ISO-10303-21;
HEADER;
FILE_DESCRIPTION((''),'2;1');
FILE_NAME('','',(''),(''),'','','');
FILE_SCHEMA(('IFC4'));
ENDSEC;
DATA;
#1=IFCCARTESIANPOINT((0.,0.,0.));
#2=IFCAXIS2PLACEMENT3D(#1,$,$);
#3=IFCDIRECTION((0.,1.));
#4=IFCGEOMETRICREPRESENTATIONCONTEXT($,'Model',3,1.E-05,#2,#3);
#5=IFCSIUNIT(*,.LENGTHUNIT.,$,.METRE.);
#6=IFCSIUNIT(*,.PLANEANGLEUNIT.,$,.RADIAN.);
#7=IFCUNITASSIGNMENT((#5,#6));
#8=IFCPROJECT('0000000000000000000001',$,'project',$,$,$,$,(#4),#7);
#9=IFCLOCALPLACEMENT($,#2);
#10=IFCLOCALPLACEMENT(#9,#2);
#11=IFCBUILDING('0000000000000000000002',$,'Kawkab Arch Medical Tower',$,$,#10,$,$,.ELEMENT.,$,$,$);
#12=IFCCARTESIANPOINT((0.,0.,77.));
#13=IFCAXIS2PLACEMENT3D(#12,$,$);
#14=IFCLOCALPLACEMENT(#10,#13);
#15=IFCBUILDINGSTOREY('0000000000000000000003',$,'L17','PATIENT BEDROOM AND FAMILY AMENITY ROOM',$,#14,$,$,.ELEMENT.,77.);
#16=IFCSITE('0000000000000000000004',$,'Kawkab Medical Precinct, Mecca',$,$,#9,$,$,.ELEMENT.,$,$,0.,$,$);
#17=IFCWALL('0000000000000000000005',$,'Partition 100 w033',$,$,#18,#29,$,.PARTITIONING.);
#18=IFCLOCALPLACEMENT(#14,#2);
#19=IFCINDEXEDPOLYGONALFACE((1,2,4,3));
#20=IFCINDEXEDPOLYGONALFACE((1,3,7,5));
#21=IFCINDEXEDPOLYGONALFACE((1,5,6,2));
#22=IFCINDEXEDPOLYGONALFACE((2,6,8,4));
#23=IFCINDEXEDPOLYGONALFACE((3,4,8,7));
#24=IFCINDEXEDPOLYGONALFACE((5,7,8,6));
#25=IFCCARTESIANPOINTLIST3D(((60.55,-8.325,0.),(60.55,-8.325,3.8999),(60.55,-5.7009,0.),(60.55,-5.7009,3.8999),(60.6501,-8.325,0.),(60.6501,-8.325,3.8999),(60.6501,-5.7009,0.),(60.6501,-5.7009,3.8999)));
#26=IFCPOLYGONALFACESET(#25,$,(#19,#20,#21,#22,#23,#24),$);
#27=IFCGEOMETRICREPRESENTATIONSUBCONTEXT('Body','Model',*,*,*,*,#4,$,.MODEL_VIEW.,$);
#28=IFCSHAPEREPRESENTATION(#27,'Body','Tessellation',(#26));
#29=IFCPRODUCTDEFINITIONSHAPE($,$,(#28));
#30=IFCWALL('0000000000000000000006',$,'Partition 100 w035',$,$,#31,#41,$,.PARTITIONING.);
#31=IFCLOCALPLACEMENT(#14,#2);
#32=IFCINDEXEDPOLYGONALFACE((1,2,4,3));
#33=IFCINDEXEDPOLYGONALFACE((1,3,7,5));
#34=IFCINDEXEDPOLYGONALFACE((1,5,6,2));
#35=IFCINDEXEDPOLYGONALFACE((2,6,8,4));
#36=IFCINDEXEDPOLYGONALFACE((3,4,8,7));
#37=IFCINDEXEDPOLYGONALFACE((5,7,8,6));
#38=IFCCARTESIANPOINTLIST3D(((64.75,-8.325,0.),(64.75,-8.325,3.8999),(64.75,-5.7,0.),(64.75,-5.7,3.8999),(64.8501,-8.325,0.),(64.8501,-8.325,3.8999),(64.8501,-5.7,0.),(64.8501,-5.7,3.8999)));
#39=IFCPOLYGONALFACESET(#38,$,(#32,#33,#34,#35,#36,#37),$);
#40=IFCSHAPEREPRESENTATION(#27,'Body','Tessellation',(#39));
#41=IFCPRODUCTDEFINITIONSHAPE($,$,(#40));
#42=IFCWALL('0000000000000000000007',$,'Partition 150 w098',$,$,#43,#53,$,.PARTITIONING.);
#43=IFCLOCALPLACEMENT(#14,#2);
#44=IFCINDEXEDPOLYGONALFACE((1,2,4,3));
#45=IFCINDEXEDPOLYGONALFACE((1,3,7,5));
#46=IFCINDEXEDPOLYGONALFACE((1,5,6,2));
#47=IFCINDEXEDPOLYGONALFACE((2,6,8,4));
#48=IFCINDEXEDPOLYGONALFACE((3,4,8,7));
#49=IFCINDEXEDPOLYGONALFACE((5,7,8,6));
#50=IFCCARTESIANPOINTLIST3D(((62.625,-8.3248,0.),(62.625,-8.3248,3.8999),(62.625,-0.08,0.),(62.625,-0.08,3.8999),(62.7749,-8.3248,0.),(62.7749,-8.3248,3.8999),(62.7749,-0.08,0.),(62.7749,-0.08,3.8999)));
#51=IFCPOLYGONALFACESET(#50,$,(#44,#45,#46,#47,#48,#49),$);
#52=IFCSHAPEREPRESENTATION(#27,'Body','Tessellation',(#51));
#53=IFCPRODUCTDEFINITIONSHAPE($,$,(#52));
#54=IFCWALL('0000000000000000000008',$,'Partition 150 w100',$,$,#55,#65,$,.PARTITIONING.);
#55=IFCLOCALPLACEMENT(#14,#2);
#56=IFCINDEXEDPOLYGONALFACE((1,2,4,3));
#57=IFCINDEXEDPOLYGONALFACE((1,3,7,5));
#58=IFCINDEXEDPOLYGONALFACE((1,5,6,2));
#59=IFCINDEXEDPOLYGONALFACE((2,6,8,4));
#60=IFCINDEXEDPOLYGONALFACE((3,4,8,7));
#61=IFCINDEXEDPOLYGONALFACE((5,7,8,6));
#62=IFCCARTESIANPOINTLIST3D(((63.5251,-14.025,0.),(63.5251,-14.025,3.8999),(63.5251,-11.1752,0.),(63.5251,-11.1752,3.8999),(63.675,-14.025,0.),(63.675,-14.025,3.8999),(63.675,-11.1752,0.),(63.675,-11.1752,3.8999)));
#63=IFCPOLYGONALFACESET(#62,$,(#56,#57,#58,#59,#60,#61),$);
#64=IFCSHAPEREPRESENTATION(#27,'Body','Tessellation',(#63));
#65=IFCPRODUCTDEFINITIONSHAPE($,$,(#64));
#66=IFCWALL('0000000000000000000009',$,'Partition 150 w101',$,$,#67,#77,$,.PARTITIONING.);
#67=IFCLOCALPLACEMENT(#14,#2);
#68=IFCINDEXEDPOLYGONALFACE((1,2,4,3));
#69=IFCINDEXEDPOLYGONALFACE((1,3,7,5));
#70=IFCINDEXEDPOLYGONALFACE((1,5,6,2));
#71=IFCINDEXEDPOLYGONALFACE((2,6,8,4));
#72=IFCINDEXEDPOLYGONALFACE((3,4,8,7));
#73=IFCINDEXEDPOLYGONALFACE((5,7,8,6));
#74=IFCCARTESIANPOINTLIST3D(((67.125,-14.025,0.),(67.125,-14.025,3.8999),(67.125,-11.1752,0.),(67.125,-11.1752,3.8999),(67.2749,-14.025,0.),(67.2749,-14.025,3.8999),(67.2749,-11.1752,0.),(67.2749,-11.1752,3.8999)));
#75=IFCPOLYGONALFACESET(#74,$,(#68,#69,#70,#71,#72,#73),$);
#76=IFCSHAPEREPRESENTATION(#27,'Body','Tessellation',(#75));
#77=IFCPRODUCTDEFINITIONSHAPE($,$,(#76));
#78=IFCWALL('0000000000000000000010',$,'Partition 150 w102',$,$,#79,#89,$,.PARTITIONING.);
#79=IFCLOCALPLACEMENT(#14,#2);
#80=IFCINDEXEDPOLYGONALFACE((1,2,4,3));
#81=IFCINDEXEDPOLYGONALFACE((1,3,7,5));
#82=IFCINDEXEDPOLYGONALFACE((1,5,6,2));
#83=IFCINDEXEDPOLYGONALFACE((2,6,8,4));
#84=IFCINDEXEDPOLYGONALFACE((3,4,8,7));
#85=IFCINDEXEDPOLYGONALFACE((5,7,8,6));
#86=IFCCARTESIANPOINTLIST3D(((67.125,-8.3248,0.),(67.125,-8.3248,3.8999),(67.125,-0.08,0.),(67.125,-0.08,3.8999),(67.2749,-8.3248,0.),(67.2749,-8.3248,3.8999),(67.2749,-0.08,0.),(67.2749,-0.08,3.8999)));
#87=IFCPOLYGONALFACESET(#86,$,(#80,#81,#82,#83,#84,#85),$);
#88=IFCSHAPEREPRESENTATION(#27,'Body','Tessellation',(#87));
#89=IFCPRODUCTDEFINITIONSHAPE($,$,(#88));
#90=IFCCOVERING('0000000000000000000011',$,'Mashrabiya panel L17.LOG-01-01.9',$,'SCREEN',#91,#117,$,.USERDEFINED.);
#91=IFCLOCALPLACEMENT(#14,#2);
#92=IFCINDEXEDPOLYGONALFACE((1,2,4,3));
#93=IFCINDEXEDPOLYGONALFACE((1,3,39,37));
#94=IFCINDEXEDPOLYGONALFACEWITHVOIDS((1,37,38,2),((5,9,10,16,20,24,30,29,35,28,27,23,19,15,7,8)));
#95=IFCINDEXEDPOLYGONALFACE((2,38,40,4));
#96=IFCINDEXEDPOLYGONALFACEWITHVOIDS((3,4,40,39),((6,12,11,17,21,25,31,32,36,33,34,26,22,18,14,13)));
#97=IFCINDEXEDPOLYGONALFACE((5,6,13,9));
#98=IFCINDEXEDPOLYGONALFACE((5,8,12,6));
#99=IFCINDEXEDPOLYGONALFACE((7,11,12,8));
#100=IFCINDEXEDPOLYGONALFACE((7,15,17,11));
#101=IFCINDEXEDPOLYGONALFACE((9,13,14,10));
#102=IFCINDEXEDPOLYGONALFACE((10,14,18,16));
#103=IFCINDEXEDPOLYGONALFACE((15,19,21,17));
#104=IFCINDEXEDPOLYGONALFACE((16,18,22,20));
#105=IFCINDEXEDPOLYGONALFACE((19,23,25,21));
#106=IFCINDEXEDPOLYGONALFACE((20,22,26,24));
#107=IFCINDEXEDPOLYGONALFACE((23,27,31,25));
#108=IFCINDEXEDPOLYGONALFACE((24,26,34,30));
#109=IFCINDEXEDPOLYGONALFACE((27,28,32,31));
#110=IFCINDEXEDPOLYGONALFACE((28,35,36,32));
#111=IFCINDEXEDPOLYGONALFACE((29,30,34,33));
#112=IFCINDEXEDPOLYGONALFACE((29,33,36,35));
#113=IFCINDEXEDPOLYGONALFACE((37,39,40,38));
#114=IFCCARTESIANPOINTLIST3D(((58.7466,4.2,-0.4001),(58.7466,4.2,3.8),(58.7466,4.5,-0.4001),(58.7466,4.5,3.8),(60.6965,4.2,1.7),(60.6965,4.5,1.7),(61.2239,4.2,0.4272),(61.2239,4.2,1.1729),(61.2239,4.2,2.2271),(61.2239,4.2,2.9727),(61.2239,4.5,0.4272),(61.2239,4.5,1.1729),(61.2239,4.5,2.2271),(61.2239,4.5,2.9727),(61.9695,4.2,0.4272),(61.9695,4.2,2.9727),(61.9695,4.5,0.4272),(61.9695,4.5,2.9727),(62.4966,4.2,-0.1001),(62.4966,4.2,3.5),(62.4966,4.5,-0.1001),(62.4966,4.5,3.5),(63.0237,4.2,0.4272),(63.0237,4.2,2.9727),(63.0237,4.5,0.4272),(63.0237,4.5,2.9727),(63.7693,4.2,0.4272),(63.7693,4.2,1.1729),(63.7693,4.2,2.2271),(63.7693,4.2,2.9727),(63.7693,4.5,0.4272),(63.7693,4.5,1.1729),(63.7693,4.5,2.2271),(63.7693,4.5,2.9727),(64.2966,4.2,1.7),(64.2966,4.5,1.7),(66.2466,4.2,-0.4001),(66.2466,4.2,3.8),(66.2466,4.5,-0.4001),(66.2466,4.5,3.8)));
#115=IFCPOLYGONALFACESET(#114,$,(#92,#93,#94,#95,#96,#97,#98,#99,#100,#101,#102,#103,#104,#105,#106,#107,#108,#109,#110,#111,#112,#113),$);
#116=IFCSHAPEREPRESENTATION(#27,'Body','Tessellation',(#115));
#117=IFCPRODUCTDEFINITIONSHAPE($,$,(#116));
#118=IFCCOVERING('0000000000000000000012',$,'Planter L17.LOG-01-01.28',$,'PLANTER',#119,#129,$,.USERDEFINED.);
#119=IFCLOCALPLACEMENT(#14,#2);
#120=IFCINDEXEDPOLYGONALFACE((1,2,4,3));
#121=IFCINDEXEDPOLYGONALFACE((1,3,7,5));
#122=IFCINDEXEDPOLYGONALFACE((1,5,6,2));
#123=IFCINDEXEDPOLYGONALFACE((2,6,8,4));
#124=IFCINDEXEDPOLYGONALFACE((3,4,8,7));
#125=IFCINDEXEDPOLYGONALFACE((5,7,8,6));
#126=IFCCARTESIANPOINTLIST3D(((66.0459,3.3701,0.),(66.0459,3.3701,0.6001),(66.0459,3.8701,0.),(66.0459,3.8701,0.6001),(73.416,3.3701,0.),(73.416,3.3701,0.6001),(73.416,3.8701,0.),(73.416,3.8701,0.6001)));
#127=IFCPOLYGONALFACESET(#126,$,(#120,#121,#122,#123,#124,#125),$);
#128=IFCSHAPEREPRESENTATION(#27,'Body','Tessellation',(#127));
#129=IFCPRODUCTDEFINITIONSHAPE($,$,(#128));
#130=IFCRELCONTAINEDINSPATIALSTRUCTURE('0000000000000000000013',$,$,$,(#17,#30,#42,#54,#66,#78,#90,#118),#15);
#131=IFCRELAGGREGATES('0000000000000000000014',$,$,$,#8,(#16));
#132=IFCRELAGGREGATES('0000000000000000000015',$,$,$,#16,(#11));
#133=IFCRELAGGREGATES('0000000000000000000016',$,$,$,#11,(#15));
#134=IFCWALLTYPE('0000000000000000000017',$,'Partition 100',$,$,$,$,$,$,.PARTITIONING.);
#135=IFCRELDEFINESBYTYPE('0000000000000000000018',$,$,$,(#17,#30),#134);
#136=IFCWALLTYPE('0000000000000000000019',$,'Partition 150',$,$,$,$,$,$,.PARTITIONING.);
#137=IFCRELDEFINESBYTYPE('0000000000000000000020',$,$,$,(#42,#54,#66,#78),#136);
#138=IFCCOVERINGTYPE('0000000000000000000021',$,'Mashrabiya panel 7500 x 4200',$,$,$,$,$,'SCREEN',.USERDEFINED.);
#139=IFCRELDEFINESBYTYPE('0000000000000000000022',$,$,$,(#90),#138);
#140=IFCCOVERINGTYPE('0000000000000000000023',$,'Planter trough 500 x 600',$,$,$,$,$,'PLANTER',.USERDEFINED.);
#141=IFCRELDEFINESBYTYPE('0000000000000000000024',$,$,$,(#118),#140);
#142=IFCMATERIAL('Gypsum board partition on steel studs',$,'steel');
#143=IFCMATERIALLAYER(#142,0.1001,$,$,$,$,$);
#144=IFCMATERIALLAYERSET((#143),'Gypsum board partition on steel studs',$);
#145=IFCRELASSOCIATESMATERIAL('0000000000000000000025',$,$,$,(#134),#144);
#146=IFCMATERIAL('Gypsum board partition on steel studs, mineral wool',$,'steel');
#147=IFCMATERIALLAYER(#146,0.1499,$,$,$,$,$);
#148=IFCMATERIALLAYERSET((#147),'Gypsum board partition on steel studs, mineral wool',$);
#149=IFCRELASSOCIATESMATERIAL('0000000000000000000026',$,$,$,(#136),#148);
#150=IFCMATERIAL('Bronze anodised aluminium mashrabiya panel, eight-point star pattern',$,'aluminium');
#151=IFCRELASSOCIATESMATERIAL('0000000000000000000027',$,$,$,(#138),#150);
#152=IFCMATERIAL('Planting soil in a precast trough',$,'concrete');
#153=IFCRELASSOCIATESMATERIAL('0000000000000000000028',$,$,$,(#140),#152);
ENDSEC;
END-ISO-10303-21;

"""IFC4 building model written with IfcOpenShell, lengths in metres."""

from ifc_helpers import new_model, si_unit, direction, frame, frame_2d, origin, origin_2d, place, context, subcontext, project, spatial, polyline, rectangle, outline, extrude, material, layer, layer_set, material_profile, profile_set, type_object, element, save


model = new_model("IFC4")

# Units and contexts
model_context = context("Model", 3, precision=1e-05, world=origin(), true_north=direction((0.0, 1.0)))
body_context = subcontext(model_context, "Body", "Model", "MODEL_VIEW")
ifc_project = project(units=[si_unit("LENGTHUNIT", "METRE"), si_unit("PLANEANGLEUNIT", "RADIAN")], contexts=[model_context])

# Site, building, storey
site_placement = place(None, origin())
site = spatial("IfcSite", under=ifc_project, at=site_placement, Name="Kawkab Medical Precinct, Mecca", CompositionType="ELEMENT", RefElevation=0.0)
building_placement = place(site_placement, origin())
building = spatial("IfcBuilding", under=site, at=building_placement, Name="Kawkab Arch Medical Tower", CompositionType="ELEMENT")
storey_placement = place(building_placement, frame((0.0, 0.0, 77.0)))
storey = spatial("IfcBuildingStorey", under=building, at=storey_placement, Name="L17", Description="PATIENT BEDROOM AND FAMILY AMENITY ROOM", CompositionType="ELEMENT", Elevation=77.0)

# Shared definitions
ifc_material_1 = material(Name="Gypsum board partition on steel studs", Category="steel")
ifc_layer_1 = layer(ifc_material_1, 0.1001)
ifc_layer_set_1 = layer_set([ifc_layer_1], Name="Gypsum board partition on steel studs")
wall_type_1 = type_object("IfcWallType", Name="Partition 100", PredefinedType="PARTITIONING", material=ifc_layer_set_1)

# Walls
wall_1_placement = place(storey_placement, frame((60.6001, -8.325, 0.0), z_axis=(0.0, 0.0, 1.0), x_axis=(0.0, 1.0, 0.0)))
element("IfcWall", 1, at=wall_1_placement, inside=storey, type_object=wall_type_1, Name="Partition 100 w033", PredefinedType="PARTITIONING", context=body_context, shape_type="SweptSolid", body=[
    extrude(rectangle(XDim=2.624, YDim=0.1001, at=frame_2d((1.312, 0.0))), origin(), (0.0, 0.0, 1.0), 3.8999),
])
wall_2_placement = place(storey_placement, frame((64.8, -8.325, 0.0), z_axis=(0.0, 0.0, 1.0), x_axis=(0.0, 1.0, 0.0)))
element("IfcWall", 2, at=wall_2_placement, inside=storey, type_object=wall_type_1, Name="Partition 100 w035", PredefinedType="PARTITIONING", context=body_context, shape_type="SweptSolid", body=[
    extrude(rectangle(XDim=2.625, YDim=0.1001, at=frame_2d((1.3125, 0.0))), origin(), (0.0, 0.0, 1.0), 3.8999),
])
ifc_material_2 = material(Name="Gypsum board partition on steel studs, mineral wool", Category="steel")
ifc_layer_2 = layer(ifc_material_2, 0.1499)
ifc_layer_set_2 = layer_set([ifc_layer_2], Name="Gypsum board partition on steel studs, mineral wool")
wall_type_2 = type_object("IfcWallType", Name="Partition 150", PredefinedType="PARTITIONING", material=ifc_layer_set_2)
wall_3_placement = place(storey_placement, frame((62.7, -8.325, 0.0), z_axis=(0.0, 0.0, 1.0), x_axis=(0.0, 1.0, 0.0)))
element("IfcWall", 3, at=wall_3_placement, inside=storey, type_object=wall_type_2, Name="Partition 150 w098", PredefinedType="PARTITIONING", context=body_context, shape_type="SweptSolid", body=[
    extrude(rectangle(XDim=8.2449, YDim=0.1499, at=frame_2d((4.1226, 0.0))), origin(), (0.0, 0.0, 1.0), 3.8999),
])
for number, where, z_axis, x_axis, name in (
    (4, (63.6001, -14.0249, 0.0), (0.0, 0.0, 1.0), (0.0, 1.0, 0.0), "Partition 150 w100"),
    (5, (67.2, -14.0249, 0.0), (0.0, 0.0, 1.0), (0.0, 1.0, 0.0), "Partition 150 w101"),
):
    element("IfcWall", number, at=place(storey_placement, frame(where, z_axis=z_axis, x_axis=x_axis)), inside=storey, type_object=wall_type_2, Name=name, PredefinedType="PARTITIONING", context=body_context, shape_type="SweptSolid", body=[
        extrude(rectangle(XDim=2.8499, YDim=0.1499, at=frame_2d((1.4248, 0.0))), origin(), (0.0, 0.0, 1.0), 3.8999),
    ])
wall_4_placement = place(storey_placement, frame((67.2, -8.325, 0.0), z_axis=(0.0, 0.0, 1.0), x_axis=(0.0, 1.0, 0.0)))
element("IfcWall", 6, at=wall_4_placement, inside=storey, type_object=wall_type_2, Name="Partition 150 w102", PredefinedType="PARTITIONING", context=body_context, shape_type="SweptSolid", body=[
    extrude(rectangle(XDim=8.2449, YDim=0.1499, at=frame_2d((4.1226, 0.0))), origin(), (0.0, 0.0, 1.0), 3.8999),
])

# Coverings
ifc_material_3 = material(Name="Bronze anodised aluminium mashrabiya panel, eight-point star pattern", Category="aluminium")
ifc_material_profile_1 = material_profile(ifc_material_3, outline(polyline([(-3.75, -2.1001), (3.75, -2.1001), (3.75, 2.1001), (-3.75, 2.1001), (-3.75, -2.1001)]), holes=[polyline([(1.8, 0.0), (1.2727, 0.5271), (1.2727, 1.2727), (0.5271, 1.2727), (0.0, 1.8), (-0.5271, 1.2727), (-1.2727, 1.2727), (-1.2727, 0.5271), (-1.8, 0.0), (-1.2727, -0.5271), (-1.2727, -1.2727), (-0.5271, -1.2727), (0.0, -1.8), (0.5271, -1.2727), (1.2727, -1.2727), (1.2727, -0.5271), (1.8, 0.0)])]), Name="Mashrabiya panel 7500x4200")
ifc_profile_set_1 = profile_set([ifc_material_profile_1], Name="Bronze anodised aluminium mashrabiya panel, eight-point star pattern")
covering_type_1 = type_object("IfcCoveringType", Name="Mashrabiya panel 7500 x 4200", ElementType="SCREEN", PredefinedType="USERDEFINED", material=ifc_profile_set_1)
covering_1_placement = place(storey_placement, frame((62.4966, 4.2, 1.7), z_axis=(0.0, 1.0, 0.0), x_axis=(-1.0, 0.0, 0.0)))
element("IfcCovering", 7, at=covering_1_placement, inside=storey, type_object=covering_type_1, Name="Mashrabiya panel L17.LOG-01-01.9", ObjectType="SCREEN", PredefinedType="USERDEFINED", context=body_context, shape_type="SweptSolid", body=[
    extrude(outline(polyline([(-3.75, -2.1001), (3.75, -2.1001), (3.75, 2.1001), (-3.75, 2.1001), (-3.75, -2.1001)]), holes=[polyline([(1.8, 0.0), (1.2727, 0.5271), (1.2727, 1.2727), (0.5271, 1.2727), (0.0, 1.8), (-0.5271, 1.2727), (-1.2727, 1.2727), (-1.2727, 0.5271), (-1.8, 0.0), (-1.2727, -0.5271), (-1.2727, -1.2727), (-0.5271, -1.2727), (0.0, -1.8), (0.5271, -1.2727), (1.2727, -1.2727), (1.2727, -0.5271), (1.8, 0.0)])]), origin(), (0.0, 0.0, 1.0), 0.3),
])
ifc_material_4 = material(Name="Planting soil in a precast trough", Category="concrete")
ifc_material_profile_2 = material_profile(ifc_material_4, rectangle(XDim=0.5, YDim=0.6001, at=origin_2d()), Name="Trough 500x600")
ifc_profile_set_2 = profile_set([ifc_material_profile_2], Name="Planting soil in a precast trough")
covering_type_2 = type_object("IfcCoveringType", Name="Planter trough 500 x 600", ElementType="PLANTER", PredefinedType="USERDEFINED", material=ifc_profile_set_2)
covering_2_placement = place(storey_placement, frame((66.0459, 3.6201, 0.3), z_axis=(1.0, 0.0, 0.0), x_axis=(0.0, 1.0, 0.0)))
element("IfcCovering", 8, at=covering_2_placement, inside=storey, type_object=covering_type_2, Name="Planter L17.LOG-01-01.28", ObjectType="PLANTER", PredefinedType="USERDEFINED", context=body_context, shape_type="SweptSolid", body=[
    extrude(rectangle(XDim=0.5, YDim=0.6001, at=origin_2d()), origin(), (0.0, 0.0, 1.0), 7.3701),
])

save(model, "model.ifc")
